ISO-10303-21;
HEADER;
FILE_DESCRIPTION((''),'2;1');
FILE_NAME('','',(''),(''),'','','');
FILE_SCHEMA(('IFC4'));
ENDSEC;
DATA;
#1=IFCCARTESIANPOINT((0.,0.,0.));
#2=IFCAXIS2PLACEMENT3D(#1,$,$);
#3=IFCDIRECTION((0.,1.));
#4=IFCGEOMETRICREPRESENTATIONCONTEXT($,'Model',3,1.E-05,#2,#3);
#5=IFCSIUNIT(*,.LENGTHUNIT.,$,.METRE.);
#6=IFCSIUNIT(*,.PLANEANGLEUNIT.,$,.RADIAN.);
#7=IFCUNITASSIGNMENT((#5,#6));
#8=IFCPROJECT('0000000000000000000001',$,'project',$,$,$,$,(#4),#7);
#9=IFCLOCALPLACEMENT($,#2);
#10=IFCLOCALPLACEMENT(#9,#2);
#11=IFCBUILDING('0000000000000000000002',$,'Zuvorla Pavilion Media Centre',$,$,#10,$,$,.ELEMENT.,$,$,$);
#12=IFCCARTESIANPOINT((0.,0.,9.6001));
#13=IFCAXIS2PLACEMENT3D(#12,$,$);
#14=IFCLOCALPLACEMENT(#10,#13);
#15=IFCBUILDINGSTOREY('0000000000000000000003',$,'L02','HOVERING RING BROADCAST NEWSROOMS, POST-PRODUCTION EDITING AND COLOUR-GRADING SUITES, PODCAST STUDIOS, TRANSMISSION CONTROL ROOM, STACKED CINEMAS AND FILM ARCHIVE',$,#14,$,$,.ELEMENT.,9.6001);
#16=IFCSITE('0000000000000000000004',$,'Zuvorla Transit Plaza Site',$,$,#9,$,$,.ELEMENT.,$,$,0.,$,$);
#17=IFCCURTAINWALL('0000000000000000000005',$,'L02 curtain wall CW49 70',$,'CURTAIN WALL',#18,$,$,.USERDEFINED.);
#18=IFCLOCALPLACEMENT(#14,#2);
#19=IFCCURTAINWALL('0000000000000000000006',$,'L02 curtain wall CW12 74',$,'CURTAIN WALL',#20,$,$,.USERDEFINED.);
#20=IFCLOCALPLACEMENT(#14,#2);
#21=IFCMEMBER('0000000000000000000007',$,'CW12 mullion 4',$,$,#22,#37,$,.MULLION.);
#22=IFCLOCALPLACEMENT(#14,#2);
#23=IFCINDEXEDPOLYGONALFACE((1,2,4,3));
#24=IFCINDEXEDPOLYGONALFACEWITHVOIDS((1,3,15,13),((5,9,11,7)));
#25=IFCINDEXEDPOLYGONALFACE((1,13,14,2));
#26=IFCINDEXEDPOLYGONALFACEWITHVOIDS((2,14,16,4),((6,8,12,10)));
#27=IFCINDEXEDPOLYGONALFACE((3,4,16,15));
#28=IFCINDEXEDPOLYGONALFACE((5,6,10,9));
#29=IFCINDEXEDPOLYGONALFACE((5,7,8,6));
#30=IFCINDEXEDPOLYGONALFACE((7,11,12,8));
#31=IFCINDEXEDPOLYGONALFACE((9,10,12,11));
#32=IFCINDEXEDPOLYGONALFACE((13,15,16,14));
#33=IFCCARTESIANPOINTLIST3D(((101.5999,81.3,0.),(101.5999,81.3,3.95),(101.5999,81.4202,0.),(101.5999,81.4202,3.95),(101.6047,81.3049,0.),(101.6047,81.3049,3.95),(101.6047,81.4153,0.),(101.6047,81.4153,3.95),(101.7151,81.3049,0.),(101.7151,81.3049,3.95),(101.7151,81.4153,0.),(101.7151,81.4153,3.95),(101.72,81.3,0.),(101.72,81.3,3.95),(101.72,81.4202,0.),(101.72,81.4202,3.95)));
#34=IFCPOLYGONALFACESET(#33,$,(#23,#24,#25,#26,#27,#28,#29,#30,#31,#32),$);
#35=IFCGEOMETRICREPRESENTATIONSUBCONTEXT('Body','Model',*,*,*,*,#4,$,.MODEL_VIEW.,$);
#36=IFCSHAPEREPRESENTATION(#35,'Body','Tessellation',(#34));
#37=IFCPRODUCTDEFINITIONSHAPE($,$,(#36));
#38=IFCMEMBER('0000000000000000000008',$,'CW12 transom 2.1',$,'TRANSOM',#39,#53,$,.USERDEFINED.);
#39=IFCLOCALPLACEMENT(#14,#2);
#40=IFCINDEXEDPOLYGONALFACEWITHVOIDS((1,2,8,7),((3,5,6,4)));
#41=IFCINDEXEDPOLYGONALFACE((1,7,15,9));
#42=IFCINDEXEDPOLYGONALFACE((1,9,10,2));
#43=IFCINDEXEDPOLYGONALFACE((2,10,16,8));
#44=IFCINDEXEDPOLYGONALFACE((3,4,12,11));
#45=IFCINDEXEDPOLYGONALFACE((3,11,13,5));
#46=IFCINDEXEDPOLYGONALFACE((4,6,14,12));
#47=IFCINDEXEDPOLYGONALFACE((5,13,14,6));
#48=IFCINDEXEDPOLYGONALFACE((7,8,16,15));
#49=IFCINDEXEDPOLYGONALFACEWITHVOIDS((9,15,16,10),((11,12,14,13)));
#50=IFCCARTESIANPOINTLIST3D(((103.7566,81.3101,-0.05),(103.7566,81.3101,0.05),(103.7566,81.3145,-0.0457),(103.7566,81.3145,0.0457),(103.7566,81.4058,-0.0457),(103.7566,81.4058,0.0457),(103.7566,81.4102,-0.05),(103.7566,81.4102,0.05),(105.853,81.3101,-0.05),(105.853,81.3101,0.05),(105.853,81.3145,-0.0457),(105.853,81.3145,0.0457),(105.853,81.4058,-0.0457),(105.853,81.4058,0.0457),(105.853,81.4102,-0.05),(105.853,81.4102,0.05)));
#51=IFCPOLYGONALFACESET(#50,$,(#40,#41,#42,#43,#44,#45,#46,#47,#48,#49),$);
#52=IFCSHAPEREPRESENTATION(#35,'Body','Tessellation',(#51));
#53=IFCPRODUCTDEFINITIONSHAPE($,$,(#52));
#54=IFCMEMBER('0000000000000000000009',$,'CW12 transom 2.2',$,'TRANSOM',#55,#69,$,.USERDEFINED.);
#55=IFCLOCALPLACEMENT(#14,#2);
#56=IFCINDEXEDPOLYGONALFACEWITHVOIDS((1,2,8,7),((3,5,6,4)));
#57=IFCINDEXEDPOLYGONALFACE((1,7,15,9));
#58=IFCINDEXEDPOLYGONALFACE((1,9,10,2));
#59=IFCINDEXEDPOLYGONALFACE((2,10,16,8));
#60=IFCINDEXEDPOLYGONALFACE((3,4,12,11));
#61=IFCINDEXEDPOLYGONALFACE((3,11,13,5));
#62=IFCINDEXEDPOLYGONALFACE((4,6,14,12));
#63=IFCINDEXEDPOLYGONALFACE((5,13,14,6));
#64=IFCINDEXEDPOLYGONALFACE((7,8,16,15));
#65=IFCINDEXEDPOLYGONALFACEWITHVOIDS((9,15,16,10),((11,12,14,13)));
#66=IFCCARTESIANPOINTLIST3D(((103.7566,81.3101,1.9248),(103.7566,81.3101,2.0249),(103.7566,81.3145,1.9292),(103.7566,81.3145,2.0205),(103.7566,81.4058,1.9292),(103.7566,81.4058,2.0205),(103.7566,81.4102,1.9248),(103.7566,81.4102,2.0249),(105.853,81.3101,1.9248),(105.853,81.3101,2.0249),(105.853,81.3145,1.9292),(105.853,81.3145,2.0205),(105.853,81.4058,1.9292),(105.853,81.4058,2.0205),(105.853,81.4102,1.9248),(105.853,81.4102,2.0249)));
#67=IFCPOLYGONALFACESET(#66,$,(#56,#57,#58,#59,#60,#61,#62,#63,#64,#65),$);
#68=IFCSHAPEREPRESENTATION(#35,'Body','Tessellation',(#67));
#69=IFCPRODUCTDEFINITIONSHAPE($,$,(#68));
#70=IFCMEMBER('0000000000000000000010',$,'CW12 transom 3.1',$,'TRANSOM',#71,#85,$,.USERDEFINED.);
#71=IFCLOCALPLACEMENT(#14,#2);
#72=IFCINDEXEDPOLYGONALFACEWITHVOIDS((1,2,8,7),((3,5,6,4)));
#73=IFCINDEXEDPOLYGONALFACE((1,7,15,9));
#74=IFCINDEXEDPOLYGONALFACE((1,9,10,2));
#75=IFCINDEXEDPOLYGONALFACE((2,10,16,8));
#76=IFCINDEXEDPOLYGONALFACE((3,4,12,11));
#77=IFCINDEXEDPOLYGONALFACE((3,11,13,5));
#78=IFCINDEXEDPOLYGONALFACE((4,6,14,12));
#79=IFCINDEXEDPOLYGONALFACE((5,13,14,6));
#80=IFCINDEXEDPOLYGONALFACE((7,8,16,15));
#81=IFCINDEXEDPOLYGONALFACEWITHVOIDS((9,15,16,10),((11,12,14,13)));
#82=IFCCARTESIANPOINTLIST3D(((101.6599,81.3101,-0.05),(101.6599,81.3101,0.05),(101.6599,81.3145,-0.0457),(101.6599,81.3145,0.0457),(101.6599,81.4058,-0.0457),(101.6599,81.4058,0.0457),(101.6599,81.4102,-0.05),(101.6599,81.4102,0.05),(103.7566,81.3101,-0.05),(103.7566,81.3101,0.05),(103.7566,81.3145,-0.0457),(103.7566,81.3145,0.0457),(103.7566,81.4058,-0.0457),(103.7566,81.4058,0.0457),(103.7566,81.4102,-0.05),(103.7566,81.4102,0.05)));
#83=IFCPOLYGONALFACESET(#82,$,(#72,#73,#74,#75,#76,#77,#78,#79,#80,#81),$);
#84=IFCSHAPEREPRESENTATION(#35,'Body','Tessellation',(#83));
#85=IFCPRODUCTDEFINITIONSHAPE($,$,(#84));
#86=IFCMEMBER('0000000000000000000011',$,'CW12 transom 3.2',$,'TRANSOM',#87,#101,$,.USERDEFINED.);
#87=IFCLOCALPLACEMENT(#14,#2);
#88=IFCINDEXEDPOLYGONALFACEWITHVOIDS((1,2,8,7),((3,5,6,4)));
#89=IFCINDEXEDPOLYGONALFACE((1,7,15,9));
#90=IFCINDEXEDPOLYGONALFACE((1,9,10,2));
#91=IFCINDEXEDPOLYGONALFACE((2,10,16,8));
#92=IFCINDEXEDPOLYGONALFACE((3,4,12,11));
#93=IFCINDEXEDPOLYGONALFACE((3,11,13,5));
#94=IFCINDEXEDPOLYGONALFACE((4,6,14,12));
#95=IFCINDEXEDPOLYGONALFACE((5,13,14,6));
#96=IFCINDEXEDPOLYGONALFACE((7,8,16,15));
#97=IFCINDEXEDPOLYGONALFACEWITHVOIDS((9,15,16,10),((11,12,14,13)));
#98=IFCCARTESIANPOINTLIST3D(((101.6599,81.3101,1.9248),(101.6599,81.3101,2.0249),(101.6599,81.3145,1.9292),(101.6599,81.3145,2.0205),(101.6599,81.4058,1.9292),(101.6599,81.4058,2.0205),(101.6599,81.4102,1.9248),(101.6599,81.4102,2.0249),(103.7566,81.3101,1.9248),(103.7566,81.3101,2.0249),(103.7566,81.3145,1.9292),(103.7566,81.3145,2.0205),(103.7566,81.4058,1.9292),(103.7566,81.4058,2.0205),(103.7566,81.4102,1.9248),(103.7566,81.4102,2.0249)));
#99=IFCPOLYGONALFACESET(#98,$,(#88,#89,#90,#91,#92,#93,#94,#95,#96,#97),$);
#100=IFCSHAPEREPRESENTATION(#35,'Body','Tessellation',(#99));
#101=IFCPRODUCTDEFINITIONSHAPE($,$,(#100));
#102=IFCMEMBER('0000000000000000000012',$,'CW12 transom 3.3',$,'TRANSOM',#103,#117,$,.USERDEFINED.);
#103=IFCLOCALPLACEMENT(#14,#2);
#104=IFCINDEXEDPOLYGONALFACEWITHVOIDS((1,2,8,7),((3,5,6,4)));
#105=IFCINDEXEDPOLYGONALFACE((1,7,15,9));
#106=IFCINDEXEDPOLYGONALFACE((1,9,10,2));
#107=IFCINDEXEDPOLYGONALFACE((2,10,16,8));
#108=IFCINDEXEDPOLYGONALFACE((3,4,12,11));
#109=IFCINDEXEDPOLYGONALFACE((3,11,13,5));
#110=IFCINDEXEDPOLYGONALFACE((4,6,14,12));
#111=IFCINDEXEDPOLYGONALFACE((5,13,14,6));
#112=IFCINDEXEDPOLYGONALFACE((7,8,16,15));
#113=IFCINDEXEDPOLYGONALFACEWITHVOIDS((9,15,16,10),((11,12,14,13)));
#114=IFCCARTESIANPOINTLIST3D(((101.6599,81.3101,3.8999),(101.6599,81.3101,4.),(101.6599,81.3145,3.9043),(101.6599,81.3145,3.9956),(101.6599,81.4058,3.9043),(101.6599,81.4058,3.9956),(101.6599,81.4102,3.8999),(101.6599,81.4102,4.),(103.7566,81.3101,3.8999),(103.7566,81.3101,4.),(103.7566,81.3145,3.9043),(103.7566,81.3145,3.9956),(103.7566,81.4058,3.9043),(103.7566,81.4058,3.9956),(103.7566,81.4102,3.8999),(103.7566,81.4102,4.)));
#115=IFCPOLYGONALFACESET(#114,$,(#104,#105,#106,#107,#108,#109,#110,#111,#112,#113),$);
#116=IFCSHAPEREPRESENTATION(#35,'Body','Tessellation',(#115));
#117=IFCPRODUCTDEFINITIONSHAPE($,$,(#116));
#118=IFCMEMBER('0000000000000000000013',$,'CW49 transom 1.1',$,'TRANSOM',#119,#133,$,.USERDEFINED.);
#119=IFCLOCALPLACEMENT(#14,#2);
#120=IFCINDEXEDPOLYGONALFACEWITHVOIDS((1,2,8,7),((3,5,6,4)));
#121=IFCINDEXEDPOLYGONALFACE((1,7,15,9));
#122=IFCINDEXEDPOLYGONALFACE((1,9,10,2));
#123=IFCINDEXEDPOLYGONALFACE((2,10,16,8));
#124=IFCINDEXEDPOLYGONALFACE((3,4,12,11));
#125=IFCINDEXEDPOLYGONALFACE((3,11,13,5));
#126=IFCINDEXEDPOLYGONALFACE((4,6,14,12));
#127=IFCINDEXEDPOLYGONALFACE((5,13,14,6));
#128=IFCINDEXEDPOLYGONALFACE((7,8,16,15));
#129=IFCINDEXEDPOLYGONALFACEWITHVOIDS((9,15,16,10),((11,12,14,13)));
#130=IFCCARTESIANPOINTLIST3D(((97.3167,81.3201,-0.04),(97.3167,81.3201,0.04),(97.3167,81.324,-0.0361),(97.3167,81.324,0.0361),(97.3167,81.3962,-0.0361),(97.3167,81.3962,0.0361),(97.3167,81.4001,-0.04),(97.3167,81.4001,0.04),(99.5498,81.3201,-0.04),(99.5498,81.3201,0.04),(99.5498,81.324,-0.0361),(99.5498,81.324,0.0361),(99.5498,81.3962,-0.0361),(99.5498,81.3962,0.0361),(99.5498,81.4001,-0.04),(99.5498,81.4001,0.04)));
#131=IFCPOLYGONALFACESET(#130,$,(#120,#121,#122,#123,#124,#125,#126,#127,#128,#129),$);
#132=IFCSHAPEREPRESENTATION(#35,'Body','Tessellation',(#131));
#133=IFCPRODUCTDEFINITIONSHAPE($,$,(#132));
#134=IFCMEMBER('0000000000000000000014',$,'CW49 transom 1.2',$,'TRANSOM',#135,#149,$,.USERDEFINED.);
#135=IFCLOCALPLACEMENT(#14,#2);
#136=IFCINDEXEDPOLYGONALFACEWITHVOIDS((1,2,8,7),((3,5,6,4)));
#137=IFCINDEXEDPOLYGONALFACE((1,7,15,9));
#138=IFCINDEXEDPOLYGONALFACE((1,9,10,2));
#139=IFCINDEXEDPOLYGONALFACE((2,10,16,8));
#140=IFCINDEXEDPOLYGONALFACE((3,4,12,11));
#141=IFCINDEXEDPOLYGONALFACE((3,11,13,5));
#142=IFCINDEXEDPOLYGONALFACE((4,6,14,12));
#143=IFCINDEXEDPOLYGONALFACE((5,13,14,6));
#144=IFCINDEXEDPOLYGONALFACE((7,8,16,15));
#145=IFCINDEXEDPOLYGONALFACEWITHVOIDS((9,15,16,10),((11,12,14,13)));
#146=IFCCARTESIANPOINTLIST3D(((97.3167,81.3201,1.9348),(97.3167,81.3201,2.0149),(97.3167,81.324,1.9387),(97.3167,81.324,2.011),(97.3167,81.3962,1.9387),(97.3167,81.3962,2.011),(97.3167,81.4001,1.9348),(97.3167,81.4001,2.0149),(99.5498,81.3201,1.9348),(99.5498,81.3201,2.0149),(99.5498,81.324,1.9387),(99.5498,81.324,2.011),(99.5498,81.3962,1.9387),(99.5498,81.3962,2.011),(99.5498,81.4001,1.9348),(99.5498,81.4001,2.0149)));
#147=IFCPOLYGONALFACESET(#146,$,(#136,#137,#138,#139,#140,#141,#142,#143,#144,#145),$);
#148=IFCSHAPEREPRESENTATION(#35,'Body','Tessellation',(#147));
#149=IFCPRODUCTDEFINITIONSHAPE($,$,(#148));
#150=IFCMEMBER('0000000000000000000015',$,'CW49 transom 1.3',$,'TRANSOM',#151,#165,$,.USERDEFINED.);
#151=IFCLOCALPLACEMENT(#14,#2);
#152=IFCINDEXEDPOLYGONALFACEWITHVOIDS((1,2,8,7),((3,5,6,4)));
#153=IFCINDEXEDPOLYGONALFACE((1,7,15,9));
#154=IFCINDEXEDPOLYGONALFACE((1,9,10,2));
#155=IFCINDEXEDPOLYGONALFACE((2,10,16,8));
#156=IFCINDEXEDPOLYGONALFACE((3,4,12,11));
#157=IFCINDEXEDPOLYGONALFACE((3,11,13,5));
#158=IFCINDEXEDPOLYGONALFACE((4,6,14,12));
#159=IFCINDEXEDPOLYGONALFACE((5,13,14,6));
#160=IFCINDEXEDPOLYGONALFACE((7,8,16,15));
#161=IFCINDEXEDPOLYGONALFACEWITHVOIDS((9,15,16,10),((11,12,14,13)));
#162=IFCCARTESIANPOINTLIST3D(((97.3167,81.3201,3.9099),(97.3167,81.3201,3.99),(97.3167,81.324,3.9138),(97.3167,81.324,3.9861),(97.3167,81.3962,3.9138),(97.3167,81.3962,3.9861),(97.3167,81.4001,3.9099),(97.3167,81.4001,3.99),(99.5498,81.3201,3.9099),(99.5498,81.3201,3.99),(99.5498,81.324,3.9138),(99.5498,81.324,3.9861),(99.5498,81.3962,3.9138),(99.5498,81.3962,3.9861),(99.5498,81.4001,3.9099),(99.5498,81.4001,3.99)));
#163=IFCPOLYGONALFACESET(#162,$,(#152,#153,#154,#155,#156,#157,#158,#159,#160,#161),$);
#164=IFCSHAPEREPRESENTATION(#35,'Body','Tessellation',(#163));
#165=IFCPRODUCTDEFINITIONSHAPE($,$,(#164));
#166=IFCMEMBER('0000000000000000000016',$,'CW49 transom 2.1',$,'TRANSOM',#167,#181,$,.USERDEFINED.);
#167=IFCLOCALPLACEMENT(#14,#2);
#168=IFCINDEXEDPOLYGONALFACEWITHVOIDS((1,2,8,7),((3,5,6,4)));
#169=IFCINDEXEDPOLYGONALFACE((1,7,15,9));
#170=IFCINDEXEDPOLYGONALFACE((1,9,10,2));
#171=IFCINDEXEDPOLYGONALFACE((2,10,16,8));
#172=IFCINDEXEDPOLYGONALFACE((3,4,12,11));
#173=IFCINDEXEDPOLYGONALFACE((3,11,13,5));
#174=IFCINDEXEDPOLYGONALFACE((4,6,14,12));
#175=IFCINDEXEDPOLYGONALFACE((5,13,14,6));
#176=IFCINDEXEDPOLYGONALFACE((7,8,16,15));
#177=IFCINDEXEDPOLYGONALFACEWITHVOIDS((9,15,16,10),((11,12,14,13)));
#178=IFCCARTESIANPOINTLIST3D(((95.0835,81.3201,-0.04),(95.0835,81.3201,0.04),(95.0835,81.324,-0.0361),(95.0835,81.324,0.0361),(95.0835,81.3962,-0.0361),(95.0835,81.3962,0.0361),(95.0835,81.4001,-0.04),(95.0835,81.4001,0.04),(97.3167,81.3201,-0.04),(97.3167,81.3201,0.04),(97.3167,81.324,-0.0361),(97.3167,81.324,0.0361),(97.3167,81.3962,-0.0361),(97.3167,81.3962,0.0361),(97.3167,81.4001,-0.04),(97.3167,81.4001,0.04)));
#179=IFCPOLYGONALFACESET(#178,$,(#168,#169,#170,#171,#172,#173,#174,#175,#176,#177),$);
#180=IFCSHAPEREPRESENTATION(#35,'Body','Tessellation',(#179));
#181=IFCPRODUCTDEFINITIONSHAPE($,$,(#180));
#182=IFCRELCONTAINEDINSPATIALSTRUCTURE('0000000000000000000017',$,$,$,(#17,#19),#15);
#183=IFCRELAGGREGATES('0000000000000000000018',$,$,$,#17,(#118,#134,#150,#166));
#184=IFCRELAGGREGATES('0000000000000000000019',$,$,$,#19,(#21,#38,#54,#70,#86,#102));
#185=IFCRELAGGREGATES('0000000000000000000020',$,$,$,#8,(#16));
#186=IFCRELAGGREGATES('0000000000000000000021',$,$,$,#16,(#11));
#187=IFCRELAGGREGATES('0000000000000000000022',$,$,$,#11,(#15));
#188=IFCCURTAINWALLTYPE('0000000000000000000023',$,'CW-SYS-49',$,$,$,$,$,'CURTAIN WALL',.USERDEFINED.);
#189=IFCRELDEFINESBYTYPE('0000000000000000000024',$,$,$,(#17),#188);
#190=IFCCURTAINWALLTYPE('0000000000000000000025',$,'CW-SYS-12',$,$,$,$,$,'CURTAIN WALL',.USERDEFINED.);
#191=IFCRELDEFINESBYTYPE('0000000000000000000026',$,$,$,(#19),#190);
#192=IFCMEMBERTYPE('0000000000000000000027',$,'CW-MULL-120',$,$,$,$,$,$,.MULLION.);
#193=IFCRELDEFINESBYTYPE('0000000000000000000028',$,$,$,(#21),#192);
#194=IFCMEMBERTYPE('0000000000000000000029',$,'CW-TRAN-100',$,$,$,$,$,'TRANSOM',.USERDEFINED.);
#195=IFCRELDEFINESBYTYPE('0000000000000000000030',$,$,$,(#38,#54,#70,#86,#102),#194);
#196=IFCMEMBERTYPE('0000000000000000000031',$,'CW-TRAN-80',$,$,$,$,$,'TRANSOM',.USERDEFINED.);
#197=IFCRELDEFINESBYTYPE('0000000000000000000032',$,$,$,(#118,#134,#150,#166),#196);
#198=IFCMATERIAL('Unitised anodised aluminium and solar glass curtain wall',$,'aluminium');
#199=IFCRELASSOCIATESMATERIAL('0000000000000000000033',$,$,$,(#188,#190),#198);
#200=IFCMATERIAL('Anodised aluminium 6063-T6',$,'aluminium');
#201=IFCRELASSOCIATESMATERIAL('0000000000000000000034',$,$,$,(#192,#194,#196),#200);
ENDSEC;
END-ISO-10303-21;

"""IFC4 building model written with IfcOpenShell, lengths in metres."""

from ifc_helpers import new_model, si_unit, direction, frame, origin, origin_2d, place, context, subcontext, project, spatial, hollow_rectangle, extrude, material, material_profile, profile_set, type_object, element, aggregate, save


model = new_model("IFC4")

# Units and contexts
model_context = context("Model", 3, precision=1e-05, world=origin(), true_north=direction((0.0, 1.0)))
body_context = subcontext(model_context, "Body", "Model", "MODEL_VIEW")
ifc_project = project(units=[si_unit("LENGTHUNIT", "METRE"), si_unit("PLANEANGLEUNIT", "RADIAN")], contexts=[model_context])

# Site, building, storey
site_placement = place(None, origin())
site = spatial("IfcSite", under=ifc_project, at=site_placement, Name="Zuvorla Transit Plaza Site", CompositionType="ELEMENT", RefElevation=0.0)
building_placement = place(site_placement, origin())
building = spatial("IfcBuilding", under=site, at=building_placement, Name="Zuvorla Pavilion Media Centre", CompositionType="ELEMENT")
storey_placement = place(building_placement, frame((0.0, 0.0, 9.6001)))
storey = spatial("IfcBuildingStorey", under=building, at=storey_placement, Name="L02", Description="HOVERING RING BROADCAST NEWSROOMS, POST-PRODUCTION EDITING AND COLOUR-GRADING SUITES, PODCAST STUDIOS, TRANSMISSION CONTROL ROOM, STACKED CINEMAS AND FILM ARCHIVE", CompositionType="ELEMENT", Elevation=9.6001)

# Curtain walls, members
ifc_material_1 = material(Name="Unitised anodised aluminium and solar glass curtain wall", Category="aluminium")
curtain_wall_type_1 = type_object("IfcCurtainWallType", Name="CW-SYS-49", ElementType="CURTAIN WALL", PredefinedType="USERDEFINED", material=ifc_material_1)
curtain_wall_1_placement = place(storey_placement, origin())
curtain_wall_1 = element("IfcCurtainWall", 1, at=curtain_wall_1_placement, inside=storey, type_object=curtain_wall_type_1, Name="L02 curtain wall CW49 70", ObjectType="CURTAIN WALL", PredefinedType="USERDEFINED")
ifc_material_2 = material(Name="Anodised aluminium 6063-T6", Category="aluminium")
curtain_wall_type_2 = type_object("IfcCurtainWallType", Name="CW-SYS-12", ElementType="CURTAIN WALL", PredefinedType="USERDEFINED", material=ifc_material_1)
curtain_wall_2_placement = place(storey_placement, origin())
curtain_wall_2 = element("IfcCurtainWall", 2, at=curtain_wall_2_placement, inside=storey, type_object=curtain_wall_type_2, Name="L02 curtain wall CW12 74", ObjectType="CURTAIN WALL", PredefinedType="USERDEFINED")
ifc_material_profile_1 = material_profile(ifc_material_2, hollow_rectangle(XDim=0.1201, YDim=0.1201, WallThickness=0.0049, at=origin_2d()), Name="ALU MULL 120x120")
ifc_profile_set_1 = profile_set([ifc_material_profile_1], Name="Anodised aluminium 6063-T6")
member_type_1 = type_object("IfcMemberType", Name="CW-MULL-120", PredefinedType="MULLION", material=ifc_profile_set_1)
member_1_placement = place(storey_placement, frame((101.6599, 81.3601, 0.0), z_axis=(0.0, 0.0, 1.0), x_axis=(1.0, 0.0, 0.0)))
member_1 = element("IfcMember", 3, at=member_1_placement, type_object=member_type_1, Name="CW12 mullion 4", PredefinedType="MULLION", context=body_context, shape_type="SweptSolid", body=[
    extrude(hollow_rectangle(XDim=0.1201, YDim=0.1201, WallThickness=0.0049, at=origin_2d()), origin(), (0.0, 0.0, 1.0), 3.95),
])
ifc_material_profile_2 = material_profile(ifc_material_2, hollow_rectangle(XDim=0.1001, YDim=0.1001, WallThickness=0.0044, at=origin_2d()), Name="ALU TRAN 100x100")
ifc_profile_set_2 = profile_set([ifc_material_profile_2], Name="Anodised aluminium 6063-T6")
member_type_2 = type_object("IfcMemberType", Name="CW-TRAN-100", ElementType="TRANSOM", PredefinedType="USERDEFINED", material=ifc_profile_set_2)
member_2_placement = place(storey_placement, frame((105.853, 81.3601, 0.0), z_axis=(-1.0, 0.0, 0.0), x_axis=(0.0, -1.0, 0.0)))
member_2 = element("IfcMember", 4, at=member_2_placement, type_object=member_type_2, Name="CW12 transom 2.1", ObjectType="TRANSOM", PredefinedType="USERDEFINED", context=body_context, shape_type="SweptSolid", body=[
    extrude(hollow_rectangle(XDim=0.1001, YDim=0.1001, WallThickness=0.0044, at=origin_2d()), origin(), (0.0, 0.0, 1.0), 2.0964),
])
member_3_placement = place(storey_placement, frame((105.853, 81.3601, 1.9749), z_axis=(-1.0, 0.0, 0.0), x_axis=(0.0, -1.0, 0.0)))
member_3 = element("IfcMember", 5, at=member_3_placement, type_object=member_type_2, Name="CW12 transom 2.2", ObjectType="TRANSOM", PredefinedType="USERDEFINED", context=body_context, shape_type="SweptSolid", body=[
    extrude(hollow_rectangle(XDim=0.1001, YDim=0.1001, WallThickness=0.0044, at=origin_2d()), origin(), (0.0, 0.0, 1.0), 2.0964),
])
member_4_placement = place(storey_placement, frame((103.7566, 81.3601, 0.0), z_axis=(-1.0, 0.0, 0.0), x_axis=(0.0, -1.0, 0.0)))
member_4 = element("IfcMember", 6, at=member_4_placement, type_object=member_type_2, Name="CW12 transom 3.1", ObjectType="TRANSOM", PredefinedType="USERDEFINED", context=body_context, shape_type="SweptSolid", body=[
    extrude(hollow_rectangle(XDim=0.1001, YDim=0.1001, WallThickness=0.0044, at=origin_2d()), origin(), (0.0, 0.0, 1.0), 2.0967),
])
member_5_placement = place(storey_placement, frame((103.7566, 81.3601, 1.9749), z_axis=(-1.0, 0.0, 0.0), x_axis=(0.0, -1.0, 0.0)))
member_5 = element("IfcMember", 7, at=member_5_placement, type_object=member_type_2, Name="CW12 transom 3.2", ObjectType="TRANSOM", PredefinedType="USERDEFINED", context=body_context, shape_type="SweptSolid", body=[
    extrude(hollow_rectangle(XDim=0.1001, YDim=0.1001, WallThickness=0.0044, at=origin_2d()), origin(), (0.0, 0.0, 1.0), 2.0967),
])
member_6_placement = place(storey_placement, frame((103.7566, 81.3601, 3.95), z_axis=(-1.0, 0.0, 0.0), x_axis=(0.0, -1.0, 0.0)))
member_6 = element("IfcMember", 8, at=member_6_placement, type_object=member_type_2, Name="CW12 transom 3.3", ObjectType="TRANSOM", PredefinedType="USERDEFINED", context=body_context, shape_type="SweptSolid", body=[
    extrude(hollow_rectangle(XDim=0.1001, YDim=0.1001, WallThickness=0.0044, at=origin_2d()), origin(), (0.0, 0.0, 1.0), 2.0967),
])

# Members
ifc_material_profile_3 = material_profile(ifc_material_2, hollow_rectangle(XDim=0.0801, YDim=0.0801, WallThickness=0.0039, at=origin_2d()), Name="ALU TRAN 80x80")
ifc_profile_set_3 = profile_set([ifc_material_profile_3], Name="Anodised aluminium 6063-T6")
member_type_3 = type_object("IfcMemberType", Name="CW-TRAN-80", ElementType="TRANSOM", PredefinedType="USERDEFINED", material=ifc_profile_set_3)
member_7_placement = place(storey_placement, frame((99.5498, 81.3601, 0.0), z_axis=(-1.0, 0.0, 0.0), x_axis=(0.0, -1.0, 0.0)))
member_7 = element("IfcMember", 9, at=member_7_placement, type_object=member_type_3, Name="CW49 transom 1.1", ObjectType="TRANSOM", PredefinedType="USERDEFINED", context=body_context, shape_type="SweptSolid", body=[
    extrude(hollow_rectangle(XDim=0.0801, YDim=0.0801, WallThickness=0.0039, at=origin_2d()), origin(), (0.0, 0.0, 1.0), 2.2332),
])
member_8_placement = place(storey_placement, frame((99.5498, 81.3601, 1.9749), z_axis=(-1.0, 0.0, 0.0), x_axis=(0.0, -1.0, 0.0)))
member_8 = element("IfcMember", 10, at=member_8_placement, type_object=member_type_3, Name="CW49 transom 1.2", ObjectType="TRANSOM", PredefinedType="USERDEFINED", context=body_context, shape_type="SweptSolid", body=[
    extrude(hollow_rectangle(XDim=0.0801, YDim=0.0801, WallThickness=0.0039, at=origin_2d()), origin(), (0.0, 0.0, 1.0), 2.2332),
])
member_9_placement = place(storey_placement, frame((99.5498, 81.3601, 3.95), z_axis=(-1.0, 0.0, 0.0), x_axis=(0.0, -1.0, 0.0)))
member_9 = element("IfcMember", 11, at=member_9_placement, type_object=member_type_3, Name="CW49 transom 1.3", ObjectType="TRANSOM", PredefinedType="USERDEFINED", context=body_context, shape_type="SweptSolid", body=[
    extrude(hollow_rectangle(XDim=0.0801, YDim=0.0801, WallThickness=0.0039, at=origin_2d()), origin(), (0.0, 0.0, 1.0), 2.2332),
])
member_10_placement = place(storey_placement, frame((97.3167, 81.3601, 0.0), z_axis=(-1.0, 0.0, 0.0), x_axis=(0.0, -1.0, 0.0)))
member_10 = element("IfcMember", 12, at=member_10_placement, type_object=member_type_3, Name="CW49 transom 2.1", ObjectType="TRANSOM", PredefinedType="USERDEFINED", context=body_context, shape_type="SweptSolid", body=[
    extrude(hollow_rectangle(XDim=0.0801, YDim=0.0801, WallThickness=0.0039, at=origin_2d()), origin(), (0.0, 0.0, 1.0), 2.2332),
])

aggregate(curtain_wall_1, [member_7, member_8, member_9, member_10])
aggregate(curtain_wall_2, [member_1, member_2, member_3, member_4, member_5, member_6])

save(model, "model.ifc")
